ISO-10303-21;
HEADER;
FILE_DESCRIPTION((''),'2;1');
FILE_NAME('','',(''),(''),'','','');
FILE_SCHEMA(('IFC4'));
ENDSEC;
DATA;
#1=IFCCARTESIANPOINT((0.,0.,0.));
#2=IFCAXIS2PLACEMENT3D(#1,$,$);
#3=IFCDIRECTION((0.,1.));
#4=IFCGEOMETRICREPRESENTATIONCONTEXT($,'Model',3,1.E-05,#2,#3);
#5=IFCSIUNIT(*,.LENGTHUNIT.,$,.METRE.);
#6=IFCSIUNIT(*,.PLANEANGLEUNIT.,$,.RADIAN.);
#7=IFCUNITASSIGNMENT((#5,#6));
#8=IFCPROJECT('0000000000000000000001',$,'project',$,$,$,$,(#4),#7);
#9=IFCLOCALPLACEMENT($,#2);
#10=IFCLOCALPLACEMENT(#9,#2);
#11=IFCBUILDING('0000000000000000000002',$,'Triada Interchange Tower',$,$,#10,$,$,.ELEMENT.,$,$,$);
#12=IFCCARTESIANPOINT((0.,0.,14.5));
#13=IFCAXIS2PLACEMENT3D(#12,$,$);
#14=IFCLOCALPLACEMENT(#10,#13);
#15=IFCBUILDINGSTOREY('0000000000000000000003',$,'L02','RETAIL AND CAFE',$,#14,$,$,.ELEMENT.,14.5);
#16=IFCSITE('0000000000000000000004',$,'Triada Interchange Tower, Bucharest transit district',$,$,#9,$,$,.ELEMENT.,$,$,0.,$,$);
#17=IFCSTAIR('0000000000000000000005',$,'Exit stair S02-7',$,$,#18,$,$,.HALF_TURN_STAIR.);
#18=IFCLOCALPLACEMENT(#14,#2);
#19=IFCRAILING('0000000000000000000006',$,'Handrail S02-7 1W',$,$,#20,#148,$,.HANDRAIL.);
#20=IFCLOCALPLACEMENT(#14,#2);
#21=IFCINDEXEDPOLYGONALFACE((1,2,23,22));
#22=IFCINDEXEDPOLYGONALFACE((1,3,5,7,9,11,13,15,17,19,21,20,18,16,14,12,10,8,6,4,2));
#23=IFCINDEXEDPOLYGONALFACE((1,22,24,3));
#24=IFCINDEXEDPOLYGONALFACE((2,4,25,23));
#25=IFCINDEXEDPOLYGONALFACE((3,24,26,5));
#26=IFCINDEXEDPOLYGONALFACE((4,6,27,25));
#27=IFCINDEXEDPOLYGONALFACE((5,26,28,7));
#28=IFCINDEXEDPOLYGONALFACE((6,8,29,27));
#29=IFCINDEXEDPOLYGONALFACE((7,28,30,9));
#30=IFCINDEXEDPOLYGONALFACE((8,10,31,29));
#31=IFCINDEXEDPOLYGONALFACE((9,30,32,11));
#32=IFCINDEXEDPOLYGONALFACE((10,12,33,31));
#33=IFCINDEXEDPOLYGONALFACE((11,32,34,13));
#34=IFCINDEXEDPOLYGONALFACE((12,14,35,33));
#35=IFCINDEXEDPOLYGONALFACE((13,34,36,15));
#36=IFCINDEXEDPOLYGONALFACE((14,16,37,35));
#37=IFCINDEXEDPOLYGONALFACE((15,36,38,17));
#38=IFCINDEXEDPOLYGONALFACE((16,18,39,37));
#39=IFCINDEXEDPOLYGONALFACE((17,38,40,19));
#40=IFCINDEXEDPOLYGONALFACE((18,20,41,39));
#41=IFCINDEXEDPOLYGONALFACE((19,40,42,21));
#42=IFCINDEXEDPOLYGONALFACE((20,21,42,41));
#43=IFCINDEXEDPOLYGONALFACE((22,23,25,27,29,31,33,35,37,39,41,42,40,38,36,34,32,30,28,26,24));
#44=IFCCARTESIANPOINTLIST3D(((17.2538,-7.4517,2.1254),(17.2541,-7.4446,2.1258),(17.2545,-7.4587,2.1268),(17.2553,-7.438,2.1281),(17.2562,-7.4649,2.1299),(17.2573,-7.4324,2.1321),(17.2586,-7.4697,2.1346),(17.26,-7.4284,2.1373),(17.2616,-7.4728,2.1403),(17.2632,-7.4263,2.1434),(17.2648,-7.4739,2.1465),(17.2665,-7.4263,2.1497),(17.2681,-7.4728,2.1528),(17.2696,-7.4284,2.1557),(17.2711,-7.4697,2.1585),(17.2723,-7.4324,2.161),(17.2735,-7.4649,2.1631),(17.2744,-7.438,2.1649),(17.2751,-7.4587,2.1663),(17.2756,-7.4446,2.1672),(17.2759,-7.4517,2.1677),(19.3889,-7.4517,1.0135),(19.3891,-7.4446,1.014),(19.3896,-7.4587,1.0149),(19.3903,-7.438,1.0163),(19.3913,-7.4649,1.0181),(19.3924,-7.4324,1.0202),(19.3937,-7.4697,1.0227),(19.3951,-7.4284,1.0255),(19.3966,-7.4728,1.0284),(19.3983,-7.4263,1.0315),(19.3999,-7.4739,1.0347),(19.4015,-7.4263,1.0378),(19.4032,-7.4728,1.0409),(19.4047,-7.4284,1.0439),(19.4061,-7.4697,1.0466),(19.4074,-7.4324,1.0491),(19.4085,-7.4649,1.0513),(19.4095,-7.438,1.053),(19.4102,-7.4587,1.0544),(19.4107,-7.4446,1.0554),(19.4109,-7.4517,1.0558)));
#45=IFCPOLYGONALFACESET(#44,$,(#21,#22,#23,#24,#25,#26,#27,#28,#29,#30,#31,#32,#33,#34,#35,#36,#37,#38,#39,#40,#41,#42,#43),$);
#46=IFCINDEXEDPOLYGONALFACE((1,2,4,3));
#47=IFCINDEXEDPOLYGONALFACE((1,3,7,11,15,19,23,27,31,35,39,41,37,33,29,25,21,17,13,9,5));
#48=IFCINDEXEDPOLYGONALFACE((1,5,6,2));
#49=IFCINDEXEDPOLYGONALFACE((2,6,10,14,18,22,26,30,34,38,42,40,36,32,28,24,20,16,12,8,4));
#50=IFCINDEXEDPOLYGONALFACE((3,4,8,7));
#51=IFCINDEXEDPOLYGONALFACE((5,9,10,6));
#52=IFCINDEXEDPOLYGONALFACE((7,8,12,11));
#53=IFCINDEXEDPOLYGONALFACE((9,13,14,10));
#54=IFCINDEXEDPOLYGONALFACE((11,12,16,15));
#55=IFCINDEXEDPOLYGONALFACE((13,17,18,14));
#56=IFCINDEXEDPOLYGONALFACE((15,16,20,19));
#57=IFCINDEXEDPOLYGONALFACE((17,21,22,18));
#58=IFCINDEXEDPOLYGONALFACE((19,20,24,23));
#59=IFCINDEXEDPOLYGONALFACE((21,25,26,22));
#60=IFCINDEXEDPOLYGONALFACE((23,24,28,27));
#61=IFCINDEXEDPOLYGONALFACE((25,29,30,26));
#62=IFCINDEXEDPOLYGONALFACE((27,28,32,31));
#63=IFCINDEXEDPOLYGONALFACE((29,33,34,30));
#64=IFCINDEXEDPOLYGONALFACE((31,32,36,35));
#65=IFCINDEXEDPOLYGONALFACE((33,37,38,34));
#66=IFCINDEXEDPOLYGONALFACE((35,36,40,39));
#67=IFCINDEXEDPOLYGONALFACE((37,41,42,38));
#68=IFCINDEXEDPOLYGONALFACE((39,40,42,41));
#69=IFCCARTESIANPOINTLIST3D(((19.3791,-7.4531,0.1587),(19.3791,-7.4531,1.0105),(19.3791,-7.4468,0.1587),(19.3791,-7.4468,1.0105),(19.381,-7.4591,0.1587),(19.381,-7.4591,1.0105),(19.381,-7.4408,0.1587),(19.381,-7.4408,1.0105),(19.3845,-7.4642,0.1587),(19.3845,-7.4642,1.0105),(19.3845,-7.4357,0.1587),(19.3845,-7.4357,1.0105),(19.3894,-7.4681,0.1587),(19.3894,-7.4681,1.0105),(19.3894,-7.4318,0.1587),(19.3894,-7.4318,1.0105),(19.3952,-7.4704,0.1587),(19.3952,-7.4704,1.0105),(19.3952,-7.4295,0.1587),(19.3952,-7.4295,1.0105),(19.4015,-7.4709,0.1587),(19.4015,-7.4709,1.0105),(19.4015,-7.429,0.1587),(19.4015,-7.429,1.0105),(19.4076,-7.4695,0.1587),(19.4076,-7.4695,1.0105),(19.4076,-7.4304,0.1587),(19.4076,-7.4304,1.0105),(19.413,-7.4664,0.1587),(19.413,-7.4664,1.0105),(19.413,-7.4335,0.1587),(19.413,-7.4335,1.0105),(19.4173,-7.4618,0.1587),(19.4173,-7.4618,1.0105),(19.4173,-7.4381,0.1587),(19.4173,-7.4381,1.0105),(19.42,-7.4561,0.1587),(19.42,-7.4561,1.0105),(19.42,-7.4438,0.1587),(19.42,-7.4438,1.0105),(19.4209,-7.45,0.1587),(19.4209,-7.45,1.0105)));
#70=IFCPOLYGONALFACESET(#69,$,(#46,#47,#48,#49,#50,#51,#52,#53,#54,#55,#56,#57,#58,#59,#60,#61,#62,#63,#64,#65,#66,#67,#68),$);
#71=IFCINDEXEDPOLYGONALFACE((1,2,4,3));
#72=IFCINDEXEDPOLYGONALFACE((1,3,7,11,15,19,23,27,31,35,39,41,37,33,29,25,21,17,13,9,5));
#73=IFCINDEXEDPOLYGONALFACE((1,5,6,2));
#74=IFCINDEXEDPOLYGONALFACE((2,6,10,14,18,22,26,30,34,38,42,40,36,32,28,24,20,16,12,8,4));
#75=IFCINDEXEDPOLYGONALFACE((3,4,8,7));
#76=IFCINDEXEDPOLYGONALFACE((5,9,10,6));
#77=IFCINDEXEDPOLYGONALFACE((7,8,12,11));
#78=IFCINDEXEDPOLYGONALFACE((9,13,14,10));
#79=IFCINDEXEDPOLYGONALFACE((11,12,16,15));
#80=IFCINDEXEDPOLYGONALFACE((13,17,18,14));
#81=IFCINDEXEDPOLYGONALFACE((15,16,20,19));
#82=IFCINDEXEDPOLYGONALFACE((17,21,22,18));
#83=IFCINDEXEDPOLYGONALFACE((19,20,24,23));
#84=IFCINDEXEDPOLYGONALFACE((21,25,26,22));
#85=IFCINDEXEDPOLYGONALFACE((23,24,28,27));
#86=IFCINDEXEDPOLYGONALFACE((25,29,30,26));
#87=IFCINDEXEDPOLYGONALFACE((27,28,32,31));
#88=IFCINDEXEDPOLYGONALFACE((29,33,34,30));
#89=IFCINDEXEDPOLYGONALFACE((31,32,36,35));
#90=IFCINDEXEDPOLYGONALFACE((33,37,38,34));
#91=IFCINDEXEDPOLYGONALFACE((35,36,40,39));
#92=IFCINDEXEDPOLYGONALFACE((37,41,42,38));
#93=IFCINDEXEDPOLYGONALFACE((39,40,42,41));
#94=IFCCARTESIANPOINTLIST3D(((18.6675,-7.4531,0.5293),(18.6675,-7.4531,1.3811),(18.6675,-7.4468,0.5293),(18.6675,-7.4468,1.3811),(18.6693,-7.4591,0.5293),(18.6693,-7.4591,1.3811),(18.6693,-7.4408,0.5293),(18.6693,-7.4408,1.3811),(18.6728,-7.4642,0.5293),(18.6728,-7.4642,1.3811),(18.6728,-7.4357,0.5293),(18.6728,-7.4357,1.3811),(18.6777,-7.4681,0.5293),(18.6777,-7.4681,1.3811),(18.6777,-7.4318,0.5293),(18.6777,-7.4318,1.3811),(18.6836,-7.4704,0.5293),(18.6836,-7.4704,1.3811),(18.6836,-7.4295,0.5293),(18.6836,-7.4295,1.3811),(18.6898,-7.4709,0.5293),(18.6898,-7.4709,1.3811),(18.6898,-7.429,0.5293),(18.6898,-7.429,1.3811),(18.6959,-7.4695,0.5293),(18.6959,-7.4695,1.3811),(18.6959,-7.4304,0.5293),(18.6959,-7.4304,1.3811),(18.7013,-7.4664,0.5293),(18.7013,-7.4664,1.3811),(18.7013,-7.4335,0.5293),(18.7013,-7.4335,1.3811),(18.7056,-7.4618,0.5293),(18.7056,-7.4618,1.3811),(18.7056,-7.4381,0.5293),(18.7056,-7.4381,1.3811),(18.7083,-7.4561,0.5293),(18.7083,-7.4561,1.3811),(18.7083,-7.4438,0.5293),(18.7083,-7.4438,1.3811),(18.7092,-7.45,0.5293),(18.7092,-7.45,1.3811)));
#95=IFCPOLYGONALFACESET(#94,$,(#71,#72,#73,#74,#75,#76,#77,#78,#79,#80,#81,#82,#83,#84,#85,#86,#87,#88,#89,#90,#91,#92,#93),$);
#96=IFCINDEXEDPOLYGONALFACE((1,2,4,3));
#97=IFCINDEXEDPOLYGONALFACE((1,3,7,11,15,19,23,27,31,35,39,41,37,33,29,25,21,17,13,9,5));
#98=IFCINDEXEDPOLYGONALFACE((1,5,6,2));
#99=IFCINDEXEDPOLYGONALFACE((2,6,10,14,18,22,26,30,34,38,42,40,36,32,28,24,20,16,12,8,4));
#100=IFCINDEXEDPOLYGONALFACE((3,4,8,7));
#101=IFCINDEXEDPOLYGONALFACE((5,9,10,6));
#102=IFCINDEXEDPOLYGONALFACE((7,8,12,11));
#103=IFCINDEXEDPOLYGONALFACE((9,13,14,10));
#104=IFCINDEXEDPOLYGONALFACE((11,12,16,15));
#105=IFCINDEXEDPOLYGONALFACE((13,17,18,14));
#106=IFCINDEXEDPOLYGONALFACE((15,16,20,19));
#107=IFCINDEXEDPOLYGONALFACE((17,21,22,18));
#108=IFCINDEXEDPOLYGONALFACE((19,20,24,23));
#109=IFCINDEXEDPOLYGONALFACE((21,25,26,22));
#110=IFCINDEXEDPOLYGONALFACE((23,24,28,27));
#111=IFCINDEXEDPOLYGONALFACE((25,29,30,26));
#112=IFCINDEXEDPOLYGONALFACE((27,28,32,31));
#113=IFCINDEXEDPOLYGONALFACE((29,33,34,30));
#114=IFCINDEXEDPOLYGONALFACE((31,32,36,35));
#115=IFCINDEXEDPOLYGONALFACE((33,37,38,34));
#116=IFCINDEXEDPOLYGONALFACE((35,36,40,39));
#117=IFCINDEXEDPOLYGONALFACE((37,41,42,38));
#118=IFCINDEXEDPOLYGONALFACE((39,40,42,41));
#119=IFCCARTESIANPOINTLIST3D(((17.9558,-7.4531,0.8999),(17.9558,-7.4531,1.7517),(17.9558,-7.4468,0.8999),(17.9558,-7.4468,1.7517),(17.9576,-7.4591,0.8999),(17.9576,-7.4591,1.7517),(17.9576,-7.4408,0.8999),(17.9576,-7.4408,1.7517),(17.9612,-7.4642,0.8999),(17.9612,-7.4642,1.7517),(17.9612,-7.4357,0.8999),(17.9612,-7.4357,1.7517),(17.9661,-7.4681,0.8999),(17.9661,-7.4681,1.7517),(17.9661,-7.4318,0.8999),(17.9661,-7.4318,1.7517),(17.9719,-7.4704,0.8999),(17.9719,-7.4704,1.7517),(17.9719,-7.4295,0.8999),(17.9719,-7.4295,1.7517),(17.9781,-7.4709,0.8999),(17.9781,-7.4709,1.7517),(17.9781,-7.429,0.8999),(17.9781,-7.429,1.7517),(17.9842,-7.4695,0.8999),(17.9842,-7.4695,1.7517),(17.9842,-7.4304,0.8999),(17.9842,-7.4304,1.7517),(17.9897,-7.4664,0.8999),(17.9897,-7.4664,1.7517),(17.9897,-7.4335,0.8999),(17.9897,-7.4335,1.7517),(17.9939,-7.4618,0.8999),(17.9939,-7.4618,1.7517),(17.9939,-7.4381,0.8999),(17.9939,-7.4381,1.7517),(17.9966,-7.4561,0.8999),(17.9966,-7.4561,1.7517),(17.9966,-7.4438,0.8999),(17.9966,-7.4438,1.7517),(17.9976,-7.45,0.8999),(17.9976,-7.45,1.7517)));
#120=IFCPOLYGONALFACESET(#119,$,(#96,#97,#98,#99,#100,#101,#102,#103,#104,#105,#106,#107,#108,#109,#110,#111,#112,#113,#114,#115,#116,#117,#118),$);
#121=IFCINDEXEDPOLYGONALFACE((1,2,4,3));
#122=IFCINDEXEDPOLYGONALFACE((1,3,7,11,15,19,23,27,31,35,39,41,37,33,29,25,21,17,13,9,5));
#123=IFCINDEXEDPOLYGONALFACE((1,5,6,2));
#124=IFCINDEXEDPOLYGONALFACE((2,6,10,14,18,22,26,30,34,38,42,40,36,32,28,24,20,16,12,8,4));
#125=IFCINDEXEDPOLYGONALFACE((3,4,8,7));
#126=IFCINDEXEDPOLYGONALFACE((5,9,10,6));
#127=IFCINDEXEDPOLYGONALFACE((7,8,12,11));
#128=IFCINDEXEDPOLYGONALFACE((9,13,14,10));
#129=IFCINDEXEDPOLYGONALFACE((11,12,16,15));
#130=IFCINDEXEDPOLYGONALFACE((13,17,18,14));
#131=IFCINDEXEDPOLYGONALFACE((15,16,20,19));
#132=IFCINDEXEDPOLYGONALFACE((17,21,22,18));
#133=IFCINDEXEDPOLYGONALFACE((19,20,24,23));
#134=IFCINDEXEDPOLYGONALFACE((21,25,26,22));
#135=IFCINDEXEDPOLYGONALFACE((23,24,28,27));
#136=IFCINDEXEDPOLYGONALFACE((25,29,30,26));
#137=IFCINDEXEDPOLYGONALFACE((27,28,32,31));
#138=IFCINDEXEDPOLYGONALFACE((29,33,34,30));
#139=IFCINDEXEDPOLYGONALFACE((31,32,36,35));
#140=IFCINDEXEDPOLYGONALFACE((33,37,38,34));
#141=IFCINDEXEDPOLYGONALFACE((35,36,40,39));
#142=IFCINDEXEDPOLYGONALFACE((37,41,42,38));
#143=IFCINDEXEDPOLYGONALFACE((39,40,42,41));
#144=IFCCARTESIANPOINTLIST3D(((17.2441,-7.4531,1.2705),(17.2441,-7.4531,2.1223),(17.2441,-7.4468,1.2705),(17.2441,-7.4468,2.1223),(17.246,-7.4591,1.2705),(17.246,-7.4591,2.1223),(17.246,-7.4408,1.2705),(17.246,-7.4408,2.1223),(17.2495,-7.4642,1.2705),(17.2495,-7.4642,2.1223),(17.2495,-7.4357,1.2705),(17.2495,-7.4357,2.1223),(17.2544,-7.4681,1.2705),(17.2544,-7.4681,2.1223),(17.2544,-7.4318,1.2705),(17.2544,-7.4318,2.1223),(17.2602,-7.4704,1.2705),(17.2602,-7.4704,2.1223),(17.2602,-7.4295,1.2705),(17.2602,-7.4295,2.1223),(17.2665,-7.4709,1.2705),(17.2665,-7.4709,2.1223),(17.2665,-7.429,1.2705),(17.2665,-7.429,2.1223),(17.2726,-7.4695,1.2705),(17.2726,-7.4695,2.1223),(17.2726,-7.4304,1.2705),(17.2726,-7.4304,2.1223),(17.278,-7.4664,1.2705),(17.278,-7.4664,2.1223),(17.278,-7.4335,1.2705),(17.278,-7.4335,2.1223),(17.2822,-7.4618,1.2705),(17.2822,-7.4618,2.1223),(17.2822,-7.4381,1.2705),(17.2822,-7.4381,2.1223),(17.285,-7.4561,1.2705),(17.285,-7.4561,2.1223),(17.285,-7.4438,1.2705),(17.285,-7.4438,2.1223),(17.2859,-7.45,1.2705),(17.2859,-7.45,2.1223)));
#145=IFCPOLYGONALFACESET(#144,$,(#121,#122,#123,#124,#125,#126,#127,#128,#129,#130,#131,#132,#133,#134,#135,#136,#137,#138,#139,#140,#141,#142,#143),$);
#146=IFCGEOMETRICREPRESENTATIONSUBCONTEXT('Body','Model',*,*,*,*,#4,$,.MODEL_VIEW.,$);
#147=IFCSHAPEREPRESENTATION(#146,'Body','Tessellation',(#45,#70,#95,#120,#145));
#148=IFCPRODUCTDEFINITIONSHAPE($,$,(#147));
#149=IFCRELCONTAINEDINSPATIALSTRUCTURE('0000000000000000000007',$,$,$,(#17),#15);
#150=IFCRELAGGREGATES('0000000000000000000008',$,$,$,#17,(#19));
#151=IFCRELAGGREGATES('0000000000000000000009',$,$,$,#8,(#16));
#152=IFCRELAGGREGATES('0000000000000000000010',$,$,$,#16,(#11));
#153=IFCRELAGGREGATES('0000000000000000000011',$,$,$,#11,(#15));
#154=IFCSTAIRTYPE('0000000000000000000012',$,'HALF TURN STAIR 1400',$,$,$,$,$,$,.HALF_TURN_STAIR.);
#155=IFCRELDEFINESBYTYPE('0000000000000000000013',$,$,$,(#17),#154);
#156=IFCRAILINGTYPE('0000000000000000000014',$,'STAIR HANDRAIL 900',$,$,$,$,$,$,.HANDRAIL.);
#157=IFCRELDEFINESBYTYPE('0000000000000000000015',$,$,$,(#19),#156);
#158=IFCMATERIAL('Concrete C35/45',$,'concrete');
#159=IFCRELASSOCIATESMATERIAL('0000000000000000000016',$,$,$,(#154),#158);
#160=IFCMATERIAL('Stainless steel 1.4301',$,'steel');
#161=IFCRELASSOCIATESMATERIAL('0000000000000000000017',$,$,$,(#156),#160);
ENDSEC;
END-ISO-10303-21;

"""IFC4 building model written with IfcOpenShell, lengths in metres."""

from ifc_helpers import new_model, si_unit, direction, frame, origin, origin_2d, place, context, subcontext, project, spatial, circle, extrude, material, type_object, element, aggregate, save


model = new_model("IFC4")

# Units and contexts
model_context = context("Model", 3, precision=1e-05, world=origin(), true_north=direction((0.0, 1.0)))
body_context = subcontext(model_context, "Body", "Model", "MODEL_VIEW")
ifc_project = project(units=[si_unit("LENGTHUNIT", "METRE"), si_unit("PLANEANGLEUNIT", "RADIAN")], contexts=[model_context])

# Site, building, storey
site_placement = place(None, origin())
site = spatial("IfcSite", under=ifc_project, at=site_placement, Name="Triada Interchange Tower, Bucharest transit district", CompositionType="ELEMENT", RefElevation=0.0)
building_placement = place(site_placement, origin())
building = spatial("IfcBuilding", under=site, at=building_placement, Name="Triada Interchange Tower", CompositionType="ELEMENT")
storey_placement = place(building_placement, frame((0.0, 0.0, 14.5)))
storey = spatial("IfcBuildingStorey", under=building, at=storey_placement, Name="L02", Description="RETAIL AND CAFE", CompositionType="ELEMENT", Elevation=14.5)

# Shared definitions
ifc_material_1 = material(Name="Concrete C35/45", Category="concrete")

# Stair, railing
stair_type = type_object("IfcStairType", Name="HALF TURN STAIR 1400", PredefinedType="HALF_TURN_STAIR", material=ifc_material_1)
stair_placement = place(storey_placement, origin())
stair = element("IfcStair", 1, at=stair_placement, inside=storey, type_object=stair_type, Name="Exit stair S02-7", PredefinedType="HALF_TURN_STAIR")
ifc_material_2 = material(Name="Stainless steel 1.4301", Category="steel")
railing_type_1 = type_object("IfcRailingType", Name="STAIR HANDRAIL 900", PredefinedType="HANDRAIL", material=ifc_material_2)
railing_1_placement = place(storey_placement, frame((19.3999, -7.45, 0.1587)))
railing_1 = element("IfcRailing", 2, at=railing_1_placement, type_object=railing_type_1, Name="Handrail S02-7 1W", PredefinedType="HANDRAIL", context=body_context, shape_type="SweptSolid", body=[
    extrude(circle(Radius=0.0239, at=origin_2d()), frame((0.0, 0.0, 0.876), z_axis=(-0.886943, 0.0, 0.46188), x_axis=(0.0, -1.0, 0.0)), (0.0, 0.0, 1.0), 2.4072),
    extrude(circle(Radius=0.021, at=origin_2d()), origin(), (0.0, 0.0, 1.0), 0.8518),
    extrude(circle(Radius=0.021, at=origin_2d()), frame((-0.7117, 0.0, 0.3706)), (0.0, 0.0, 1.0), 0.8518),
    extrude(circle(Radius=0.021, at=origin_2d()), frame((-1.4233, 0.0, 0.7412)), (0.0, 0.0, 1.0), 0.8518),
    extrude(circle(Radius=0.021, at=origin_2d()), frame((-2.135, 0.0, 1.1118)), (0.0, 0.0, 1.0), 0.8518),
])
aggregate(stair, [railing_1])

save(model, "model.ifc")
